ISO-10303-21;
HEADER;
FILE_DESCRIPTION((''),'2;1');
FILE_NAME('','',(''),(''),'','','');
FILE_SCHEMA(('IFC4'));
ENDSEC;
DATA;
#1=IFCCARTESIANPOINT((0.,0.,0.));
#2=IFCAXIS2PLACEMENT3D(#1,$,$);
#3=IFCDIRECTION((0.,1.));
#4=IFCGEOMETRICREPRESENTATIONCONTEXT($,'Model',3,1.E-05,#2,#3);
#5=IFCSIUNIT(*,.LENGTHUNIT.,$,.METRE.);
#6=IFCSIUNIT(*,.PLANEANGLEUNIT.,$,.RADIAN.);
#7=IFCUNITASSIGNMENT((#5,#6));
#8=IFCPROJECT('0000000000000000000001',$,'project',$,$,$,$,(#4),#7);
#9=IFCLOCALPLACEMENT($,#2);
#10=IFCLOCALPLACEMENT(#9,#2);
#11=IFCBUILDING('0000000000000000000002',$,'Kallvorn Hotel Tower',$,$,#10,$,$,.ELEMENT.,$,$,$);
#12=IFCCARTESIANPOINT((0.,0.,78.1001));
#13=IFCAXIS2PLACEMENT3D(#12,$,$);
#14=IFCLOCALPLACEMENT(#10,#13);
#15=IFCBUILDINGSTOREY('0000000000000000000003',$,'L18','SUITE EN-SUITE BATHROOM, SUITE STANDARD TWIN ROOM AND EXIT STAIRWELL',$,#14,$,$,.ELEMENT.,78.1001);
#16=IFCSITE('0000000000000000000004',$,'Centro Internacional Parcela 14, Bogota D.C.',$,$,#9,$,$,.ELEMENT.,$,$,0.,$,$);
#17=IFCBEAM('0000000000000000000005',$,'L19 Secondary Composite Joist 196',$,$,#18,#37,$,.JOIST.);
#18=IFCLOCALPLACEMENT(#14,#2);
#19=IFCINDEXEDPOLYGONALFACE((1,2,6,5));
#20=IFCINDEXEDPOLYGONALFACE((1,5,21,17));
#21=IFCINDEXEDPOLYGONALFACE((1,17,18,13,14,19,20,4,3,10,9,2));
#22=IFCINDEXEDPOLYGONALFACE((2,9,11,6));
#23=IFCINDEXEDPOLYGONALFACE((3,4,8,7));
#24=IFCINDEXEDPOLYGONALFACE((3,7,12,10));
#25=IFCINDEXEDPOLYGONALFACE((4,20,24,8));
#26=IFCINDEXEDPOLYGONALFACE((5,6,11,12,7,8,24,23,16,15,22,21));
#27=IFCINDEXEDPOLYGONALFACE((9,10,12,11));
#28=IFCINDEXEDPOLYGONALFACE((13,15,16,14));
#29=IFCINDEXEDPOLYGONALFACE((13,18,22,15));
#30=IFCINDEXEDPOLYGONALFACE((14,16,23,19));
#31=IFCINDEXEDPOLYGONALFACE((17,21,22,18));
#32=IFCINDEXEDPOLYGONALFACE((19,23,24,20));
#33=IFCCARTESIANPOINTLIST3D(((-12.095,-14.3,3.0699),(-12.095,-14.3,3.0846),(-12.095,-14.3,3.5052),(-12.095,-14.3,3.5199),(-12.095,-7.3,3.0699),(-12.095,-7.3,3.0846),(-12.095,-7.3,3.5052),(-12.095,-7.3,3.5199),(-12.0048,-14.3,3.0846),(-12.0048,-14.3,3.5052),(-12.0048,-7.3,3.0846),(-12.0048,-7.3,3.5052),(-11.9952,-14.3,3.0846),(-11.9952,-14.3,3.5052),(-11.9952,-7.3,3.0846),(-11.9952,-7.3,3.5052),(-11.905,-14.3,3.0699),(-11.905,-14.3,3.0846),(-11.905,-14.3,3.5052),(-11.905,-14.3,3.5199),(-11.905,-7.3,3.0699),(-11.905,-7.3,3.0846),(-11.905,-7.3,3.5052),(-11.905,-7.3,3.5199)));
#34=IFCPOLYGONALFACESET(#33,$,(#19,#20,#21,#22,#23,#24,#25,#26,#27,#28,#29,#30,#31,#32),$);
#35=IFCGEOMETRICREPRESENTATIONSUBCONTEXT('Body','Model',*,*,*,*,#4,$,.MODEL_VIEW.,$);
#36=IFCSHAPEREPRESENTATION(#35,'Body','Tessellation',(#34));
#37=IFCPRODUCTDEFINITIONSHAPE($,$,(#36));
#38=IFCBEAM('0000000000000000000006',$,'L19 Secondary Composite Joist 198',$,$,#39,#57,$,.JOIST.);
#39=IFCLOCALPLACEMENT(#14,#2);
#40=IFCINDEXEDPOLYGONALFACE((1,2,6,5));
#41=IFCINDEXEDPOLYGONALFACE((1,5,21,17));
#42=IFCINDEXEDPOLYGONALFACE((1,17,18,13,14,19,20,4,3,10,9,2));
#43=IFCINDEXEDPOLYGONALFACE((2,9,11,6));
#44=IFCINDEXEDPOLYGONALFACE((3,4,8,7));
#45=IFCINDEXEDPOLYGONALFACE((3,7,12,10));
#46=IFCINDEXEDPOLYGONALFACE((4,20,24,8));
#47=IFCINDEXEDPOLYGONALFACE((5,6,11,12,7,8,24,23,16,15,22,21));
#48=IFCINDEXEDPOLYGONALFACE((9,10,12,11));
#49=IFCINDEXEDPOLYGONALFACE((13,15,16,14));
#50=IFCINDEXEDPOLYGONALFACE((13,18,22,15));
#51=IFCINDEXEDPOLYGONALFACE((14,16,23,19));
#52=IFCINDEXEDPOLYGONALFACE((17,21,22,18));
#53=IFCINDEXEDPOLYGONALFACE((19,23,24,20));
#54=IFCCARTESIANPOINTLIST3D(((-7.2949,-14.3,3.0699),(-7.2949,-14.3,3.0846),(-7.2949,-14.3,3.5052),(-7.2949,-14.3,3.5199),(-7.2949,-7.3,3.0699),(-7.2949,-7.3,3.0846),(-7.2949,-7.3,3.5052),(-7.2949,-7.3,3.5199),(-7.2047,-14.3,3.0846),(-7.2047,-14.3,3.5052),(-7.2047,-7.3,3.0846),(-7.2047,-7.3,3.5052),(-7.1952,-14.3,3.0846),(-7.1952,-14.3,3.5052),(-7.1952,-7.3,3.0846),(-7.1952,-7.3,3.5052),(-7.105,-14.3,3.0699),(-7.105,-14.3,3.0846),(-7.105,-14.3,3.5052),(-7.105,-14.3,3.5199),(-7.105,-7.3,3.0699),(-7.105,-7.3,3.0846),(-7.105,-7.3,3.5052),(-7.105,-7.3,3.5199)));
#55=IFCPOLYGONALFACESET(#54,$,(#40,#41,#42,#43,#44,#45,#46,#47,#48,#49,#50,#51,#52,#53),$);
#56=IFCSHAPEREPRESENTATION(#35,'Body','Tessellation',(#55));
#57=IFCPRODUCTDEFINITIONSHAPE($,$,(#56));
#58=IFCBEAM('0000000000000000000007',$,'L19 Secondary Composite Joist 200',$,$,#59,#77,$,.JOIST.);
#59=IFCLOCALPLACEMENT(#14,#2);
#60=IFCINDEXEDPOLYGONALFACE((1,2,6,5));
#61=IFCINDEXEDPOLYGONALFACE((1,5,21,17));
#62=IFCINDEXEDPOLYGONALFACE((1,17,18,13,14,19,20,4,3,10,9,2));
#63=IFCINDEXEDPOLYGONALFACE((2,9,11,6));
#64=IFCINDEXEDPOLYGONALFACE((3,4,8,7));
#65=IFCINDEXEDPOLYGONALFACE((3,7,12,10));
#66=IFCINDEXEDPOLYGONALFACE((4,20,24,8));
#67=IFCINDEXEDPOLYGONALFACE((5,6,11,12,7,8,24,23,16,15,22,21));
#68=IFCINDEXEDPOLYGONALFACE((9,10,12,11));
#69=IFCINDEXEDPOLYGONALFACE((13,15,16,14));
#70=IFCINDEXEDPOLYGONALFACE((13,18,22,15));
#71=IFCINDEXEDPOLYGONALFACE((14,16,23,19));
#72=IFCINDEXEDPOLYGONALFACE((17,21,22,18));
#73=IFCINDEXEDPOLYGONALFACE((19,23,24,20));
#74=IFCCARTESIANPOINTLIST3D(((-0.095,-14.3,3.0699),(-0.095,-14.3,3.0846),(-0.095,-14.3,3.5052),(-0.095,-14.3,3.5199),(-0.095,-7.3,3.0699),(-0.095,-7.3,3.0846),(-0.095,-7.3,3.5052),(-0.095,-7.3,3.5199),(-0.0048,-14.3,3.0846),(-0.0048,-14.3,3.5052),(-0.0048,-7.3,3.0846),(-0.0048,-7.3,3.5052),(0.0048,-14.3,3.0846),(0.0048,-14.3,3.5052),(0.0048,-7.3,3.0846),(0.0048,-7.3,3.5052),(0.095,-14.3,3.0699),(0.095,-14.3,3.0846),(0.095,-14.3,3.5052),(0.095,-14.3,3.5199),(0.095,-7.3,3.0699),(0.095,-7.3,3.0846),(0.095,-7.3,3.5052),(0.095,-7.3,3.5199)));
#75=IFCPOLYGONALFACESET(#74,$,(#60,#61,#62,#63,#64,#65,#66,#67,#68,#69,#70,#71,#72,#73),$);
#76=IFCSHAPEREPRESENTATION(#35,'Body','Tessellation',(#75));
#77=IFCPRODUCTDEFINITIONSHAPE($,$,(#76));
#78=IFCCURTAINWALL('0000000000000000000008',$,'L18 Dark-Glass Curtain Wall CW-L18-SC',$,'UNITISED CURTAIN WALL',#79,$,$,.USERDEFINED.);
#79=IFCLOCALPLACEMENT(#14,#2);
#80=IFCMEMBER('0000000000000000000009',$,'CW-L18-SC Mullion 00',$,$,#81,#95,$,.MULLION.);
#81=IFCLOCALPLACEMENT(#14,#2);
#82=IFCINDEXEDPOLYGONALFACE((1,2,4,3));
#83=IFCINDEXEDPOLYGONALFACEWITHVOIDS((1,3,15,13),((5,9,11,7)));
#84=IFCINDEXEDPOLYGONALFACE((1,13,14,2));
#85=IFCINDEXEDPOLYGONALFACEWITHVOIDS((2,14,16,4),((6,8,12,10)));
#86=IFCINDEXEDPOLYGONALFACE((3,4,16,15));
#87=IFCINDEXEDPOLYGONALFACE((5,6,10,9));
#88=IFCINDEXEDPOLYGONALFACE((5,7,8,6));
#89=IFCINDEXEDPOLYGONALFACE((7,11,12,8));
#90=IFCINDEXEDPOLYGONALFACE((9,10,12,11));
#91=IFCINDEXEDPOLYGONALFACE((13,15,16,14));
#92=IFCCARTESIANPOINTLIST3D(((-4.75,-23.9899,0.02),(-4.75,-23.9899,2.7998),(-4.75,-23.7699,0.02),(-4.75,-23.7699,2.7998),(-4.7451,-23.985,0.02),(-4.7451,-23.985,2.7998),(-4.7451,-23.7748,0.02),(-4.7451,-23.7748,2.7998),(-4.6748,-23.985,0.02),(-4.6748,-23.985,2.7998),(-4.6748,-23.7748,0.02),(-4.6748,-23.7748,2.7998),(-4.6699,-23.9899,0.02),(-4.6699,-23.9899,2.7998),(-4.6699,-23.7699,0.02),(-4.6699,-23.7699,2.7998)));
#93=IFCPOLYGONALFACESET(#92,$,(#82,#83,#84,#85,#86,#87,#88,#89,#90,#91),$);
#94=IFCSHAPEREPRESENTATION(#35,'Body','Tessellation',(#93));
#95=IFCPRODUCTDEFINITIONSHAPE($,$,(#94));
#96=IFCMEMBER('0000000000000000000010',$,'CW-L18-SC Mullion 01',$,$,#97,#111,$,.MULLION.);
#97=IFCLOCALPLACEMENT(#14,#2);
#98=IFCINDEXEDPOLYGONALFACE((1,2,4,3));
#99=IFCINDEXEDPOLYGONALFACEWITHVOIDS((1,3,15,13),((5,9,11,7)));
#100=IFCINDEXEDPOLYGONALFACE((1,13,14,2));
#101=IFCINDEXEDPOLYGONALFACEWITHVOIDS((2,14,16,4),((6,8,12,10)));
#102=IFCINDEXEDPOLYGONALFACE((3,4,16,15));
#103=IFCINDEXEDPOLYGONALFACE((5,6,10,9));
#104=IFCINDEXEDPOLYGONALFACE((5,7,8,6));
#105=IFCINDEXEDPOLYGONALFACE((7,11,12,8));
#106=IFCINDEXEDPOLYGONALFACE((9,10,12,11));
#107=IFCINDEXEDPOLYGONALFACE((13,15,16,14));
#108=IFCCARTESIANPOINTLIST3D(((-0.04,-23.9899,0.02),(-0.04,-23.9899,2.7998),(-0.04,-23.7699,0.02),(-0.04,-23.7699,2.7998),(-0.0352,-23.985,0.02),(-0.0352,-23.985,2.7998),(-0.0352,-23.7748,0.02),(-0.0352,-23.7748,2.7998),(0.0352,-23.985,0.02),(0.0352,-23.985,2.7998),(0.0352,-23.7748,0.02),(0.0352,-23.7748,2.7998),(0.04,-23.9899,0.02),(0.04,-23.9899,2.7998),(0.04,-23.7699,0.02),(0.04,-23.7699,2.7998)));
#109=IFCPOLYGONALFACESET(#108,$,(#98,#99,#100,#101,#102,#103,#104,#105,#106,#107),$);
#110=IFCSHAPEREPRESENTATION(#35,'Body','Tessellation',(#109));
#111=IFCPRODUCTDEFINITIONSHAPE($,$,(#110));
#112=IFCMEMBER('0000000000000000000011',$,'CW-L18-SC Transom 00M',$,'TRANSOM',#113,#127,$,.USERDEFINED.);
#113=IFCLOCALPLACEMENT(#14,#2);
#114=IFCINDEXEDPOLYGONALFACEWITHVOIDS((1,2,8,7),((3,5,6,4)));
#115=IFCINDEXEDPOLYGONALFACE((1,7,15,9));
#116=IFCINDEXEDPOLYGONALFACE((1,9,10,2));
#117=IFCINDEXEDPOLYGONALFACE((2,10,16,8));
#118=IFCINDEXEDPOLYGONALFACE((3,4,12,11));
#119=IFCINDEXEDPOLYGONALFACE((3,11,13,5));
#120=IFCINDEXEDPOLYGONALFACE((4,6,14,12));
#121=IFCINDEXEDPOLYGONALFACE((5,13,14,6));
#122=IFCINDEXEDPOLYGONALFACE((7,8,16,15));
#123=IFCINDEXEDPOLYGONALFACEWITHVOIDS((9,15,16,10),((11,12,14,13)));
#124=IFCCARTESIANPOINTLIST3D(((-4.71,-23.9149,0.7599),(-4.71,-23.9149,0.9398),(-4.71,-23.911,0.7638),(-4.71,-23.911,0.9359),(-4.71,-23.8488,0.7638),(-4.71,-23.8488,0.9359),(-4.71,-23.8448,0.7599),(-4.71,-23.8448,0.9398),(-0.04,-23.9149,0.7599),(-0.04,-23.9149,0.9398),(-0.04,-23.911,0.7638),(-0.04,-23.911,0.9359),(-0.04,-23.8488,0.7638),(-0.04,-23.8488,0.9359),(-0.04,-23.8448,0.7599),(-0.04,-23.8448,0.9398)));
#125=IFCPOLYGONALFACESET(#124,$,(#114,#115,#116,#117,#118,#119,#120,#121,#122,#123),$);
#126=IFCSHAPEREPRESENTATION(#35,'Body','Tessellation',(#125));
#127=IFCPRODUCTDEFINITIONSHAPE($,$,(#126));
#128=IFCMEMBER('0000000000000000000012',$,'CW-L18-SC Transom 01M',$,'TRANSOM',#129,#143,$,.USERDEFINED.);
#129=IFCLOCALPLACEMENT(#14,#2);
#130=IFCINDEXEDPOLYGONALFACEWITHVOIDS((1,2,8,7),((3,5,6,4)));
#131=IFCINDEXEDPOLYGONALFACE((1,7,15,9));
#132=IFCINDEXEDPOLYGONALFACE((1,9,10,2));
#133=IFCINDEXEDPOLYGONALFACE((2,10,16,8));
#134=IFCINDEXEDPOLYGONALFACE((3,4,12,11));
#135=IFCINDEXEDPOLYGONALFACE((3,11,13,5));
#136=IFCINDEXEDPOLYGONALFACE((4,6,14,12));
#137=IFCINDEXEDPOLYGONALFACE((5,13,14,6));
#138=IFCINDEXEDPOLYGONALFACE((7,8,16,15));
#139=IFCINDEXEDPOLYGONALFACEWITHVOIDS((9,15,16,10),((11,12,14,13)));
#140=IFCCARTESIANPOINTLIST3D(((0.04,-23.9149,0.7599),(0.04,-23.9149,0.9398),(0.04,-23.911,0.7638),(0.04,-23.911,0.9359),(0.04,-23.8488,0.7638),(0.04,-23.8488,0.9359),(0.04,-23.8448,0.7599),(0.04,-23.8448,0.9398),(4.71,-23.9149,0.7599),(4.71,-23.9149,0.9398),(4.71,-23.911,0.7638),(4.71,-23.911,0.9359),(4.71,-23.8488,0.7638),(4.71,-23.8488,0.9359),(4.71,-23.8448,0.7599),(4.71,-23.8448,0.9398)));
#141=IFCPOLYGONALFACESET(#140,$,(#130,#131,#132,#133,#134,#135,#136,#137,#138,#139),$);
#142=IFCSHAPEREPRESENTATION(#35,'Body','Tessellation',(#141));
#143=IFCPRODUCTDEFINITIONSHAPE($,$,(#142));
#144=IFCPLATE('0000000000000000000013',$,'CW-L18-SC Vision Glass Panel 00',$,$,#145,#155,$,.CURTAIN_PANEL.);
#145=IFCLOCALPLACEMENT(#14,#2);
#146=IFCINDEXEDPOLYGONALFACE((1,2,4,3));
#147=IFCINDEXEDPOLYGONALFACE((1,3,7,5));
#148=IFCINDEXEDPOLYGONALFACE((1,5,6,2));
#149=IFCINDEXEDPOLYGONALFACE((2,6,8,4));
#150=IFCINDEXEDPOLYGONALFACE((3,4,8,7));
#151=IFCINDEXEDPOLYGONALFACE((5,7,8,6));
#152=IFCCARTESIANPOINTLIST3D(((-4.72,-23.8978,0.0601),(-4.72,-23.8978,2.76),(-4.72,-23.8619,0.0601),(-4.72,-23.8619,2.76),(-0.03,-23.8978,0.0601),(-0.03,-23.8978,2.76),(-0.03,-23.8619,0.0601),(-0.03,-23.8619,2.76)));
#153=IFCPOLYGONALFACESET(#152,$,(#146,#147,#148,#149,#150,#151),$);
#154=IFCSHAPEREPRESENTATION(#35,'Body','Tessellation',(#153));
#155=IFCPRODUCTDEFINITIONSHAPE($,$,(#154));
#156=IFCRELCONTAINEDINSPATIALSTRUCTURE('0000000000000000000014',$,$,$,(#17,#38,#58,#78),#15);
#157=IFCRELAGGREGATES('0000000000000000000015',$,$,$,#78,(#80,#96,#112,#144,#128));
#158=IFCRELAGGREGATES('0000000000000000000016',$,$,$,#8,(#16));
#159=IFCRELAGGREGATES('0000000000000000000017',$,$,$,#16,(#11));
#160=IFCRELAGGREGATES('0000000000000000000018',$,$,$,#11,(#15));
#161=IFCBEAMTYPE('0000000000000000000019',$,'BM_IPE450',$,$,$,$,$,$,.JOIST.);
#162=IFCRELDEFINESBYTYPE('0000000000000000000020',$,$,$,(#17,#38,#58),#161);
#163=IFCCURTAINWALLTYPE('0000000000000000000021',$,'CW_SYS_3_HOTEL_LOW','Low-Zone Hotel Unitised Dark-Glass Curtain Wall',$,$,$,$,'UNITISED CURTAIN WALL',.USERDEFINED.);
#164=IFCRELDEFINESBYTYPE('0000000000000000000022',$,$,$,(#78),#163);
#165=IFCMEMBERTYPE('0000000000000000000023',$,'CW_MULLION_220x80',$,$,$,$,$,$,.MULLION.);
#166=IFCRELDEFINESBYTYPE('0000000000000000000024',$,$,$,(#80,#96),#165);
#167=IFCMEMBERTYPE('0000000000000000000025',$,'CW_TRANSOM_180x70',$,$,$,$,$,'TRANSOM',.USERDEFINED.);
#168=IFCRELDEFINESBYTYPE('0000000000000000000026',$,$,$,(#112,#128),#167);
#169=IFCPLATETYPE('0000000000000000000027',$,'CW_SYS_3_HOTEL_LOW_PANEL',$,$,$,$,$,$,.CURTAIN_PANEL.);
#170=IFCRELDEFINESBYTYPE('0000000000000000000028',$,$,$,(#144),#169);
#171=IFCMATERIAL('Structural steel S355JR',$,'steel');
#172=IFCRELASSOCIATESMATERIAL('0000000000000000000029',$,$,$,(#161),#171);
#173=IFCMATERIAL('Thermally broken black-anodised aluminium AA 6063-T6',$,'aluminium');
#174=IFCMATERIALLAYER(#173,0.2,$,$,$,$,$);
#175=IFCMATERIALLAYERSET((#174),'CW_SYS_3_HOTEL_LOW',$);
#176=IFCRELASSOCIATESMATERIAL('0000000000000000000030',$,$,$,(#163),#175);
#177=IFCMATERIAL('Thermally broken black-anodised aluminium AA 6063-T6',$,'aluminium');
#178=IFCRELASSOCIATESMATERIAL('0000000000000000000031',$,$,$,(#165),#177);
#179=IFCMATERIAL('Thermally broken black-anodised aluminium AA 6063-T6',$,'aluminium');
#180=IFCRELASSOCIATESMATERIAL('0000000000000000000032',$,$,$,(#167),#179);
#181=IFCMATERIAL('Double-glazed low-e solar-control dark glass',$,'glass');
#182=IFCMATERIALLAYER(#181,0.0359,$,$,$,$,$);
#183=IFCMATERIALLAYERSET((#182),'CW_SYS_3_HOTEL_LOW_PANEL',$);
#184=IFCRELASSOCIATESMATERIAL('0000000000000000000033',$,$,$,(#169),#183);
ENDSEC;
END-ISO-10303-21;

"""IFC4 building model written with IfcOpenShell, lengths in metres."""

from ifc_helpers import new_model, si_unit, direction, frame, origin, origin_2d, place, context, subcontext, project, spatial, rectangle, hollow_rectangle, i_section, extrude, material, layer, layer_set, material_profile, profile_set, type_object, element, aggregate, save


model = new_model("IFC4")

# Units and contexts
model_context = context("Model", 3, precision=1e-05, world=origin(), true_north=direction((0.0, 1.0)))
body_context = subcontext(model_context, "Body", "Model", "MODEL_VIEW")
ifc_project = project(units=[si_unit("LENGTHUNIT", "METRE"), si_unit("PLANEANGLEUNIT", "RADIAN")], contexts=[model_context])

# Site, building, storey
site_placement = place(None, origin())
site = spatial("IfcSite", under=ifc_project, at=site_placement, Name="Centro Internacional Parcela 14, Bogota D.C.", CompositionType="ELEMENT", RefElevation=0.0)
building_placement = place(site_placement, origin())
building = spatial("IfcBuilding", under=site, at=building_placement, Name="Kallvorn Hotel Tower", CompositionType="ELEMENT")
storey_placement = place(building_placement, frame((0.0, 0.0, 78.1001)))
storey = spatial("IfcBuildingStorey", under=building, at=storey_placement, Name="L18", Description="SUITE EN-SUITE BATHROOM, SUITE STANDARD TWIN ROOM AND EXIT STAIRWELL", CompositionType="ELEMENT", Elevation=78.1001)

# Beams
ifc_material_1 = material(Name="Structural steel S355JR", Category="steel")
ifc_material_profile_1 = material_profile(ifc_material_1, i_section(OverallWidth=0.1899, OverallDepth=0.45, WebThickness=0.0095, FlangeThickness=0.0146, at=origin_2d()), Name="IPE 450")
ifc_profile_set_1 = profile_set([ifc_material_profile_1], Name="Structural steel S355JR")
beam_type_1 = type_object("IfcBeamType", Name="BM_IPE450", PredefinedType="JOIST", material=ifc_profile_set_1)
for number, where, z_axis, x_axis, name in (
    (1, (-12.0, -14.3, 3.2949), (0.0, 1.0, 0.0), (-1.0, 0.0, 0.0), "L19 Secondary Composite Joist 196"),
    (2, (-7.2, -14.3, 3.2949), (0.0, 1.0, 0.0), (-1.0, 0.0, 0.0), "L19 Secondary Composite Joist 198"),
    (3, (0.0, -14.3, 3.2949), (0.0, 1.0, 0.0), (-1.0, 0.0, 0.0), "L19 Secondary Composite Joist 200"),
):
    element("IfcBeam", number, at=place(storey_placement, frame(where, z_axis=z_axis, x_axis=x_axis)), inside=storey, type_object=beam_type_1, Name=name, PredefinedType="JOIST", context=body_context, shape_type="SweptSolid", body=[
        extrude(i_section(OverallWidth=0.1899, OverallDepth=0.45, WebThickness=0.0095, FlangeThickness=0.0146, at=origin_2d()), origin(), (0.0, 0.0, 1.0), 7.0),
    ])

# Curtain wall, members, plate
ifc_material_2 = material(Name="Thermally broken black-anodised aluminium AA 6063-T6", Category="aluminium")
ifc_layer_1 = layer(ifc_material_2, 0.2)
ifc_layer_set_1 = layer_set([ifc_layer_1], Name="CW_SYS_3_HOTEL_LOW")
curtain_wall_type = type_object("IfcCurtainWallType", Name="CW_SYS_3_HOTEL_LOW", Description="Low-Zone Hotel Unitised Dark-Glass Curtain Wall", ElementType="UNITISED CURTAIN WALL", PredefinedType="USERDEFINED", material=ifc_layer_set_1)
curtain_wall_placement = place(storey_placement, origin())
curtain_wall = element("IfcCurtainWall", 4, at=curtain_wall_placement, inside=storey, type_object=curtain_wall_type, Name="L18 Dark-Glass Curtain Wall CW-L18-SC", ObjectType="UNITISED CURTAIN WALL", PredefinedType="USERDEFINED")
ifc_material_3 = material(Name="Thermally broken black-anodised aluminium AA 6063-T6", Category="aluminium")
ifc_material_profile_2 = material_profile(ifc_material_3, hollow_rectangle(XDim=0.0801, YDim=0.22, WallThickness=0.0049, at=origin_2d()), Name="MUL 220x80")
ifc_profile_set_2 = profile_set([ifc_material_profile_2], Name="Thermally broken black-anodised aluminium AA 6063-T6")
member_type_1 = type_object("IfcMemberType", Name="CW_MULLION_220x80", PredefinedType="MULLION", material=ifc_profile_set_2)
member_1_placement = place(storey_placement, frame((-4.71, -23.8799, 0.02), z_axis=(0.0, 0.0, 1.0), x_axis=(1.0, 0.0, 0.0)))
member_1 = element("IfcMember", 5, at=member_1_placement, type_object=member_type_1, Name="CW-L18-SC Mullion 00", PredefinedType="MULLION", context=body_context, shape_type="SweptSolid", body=[
    extrude(hollow_rectangle(XDim=0.0801, YDim=0.22, WallThickness=0.0049, at=origin_2d()), origin(), (0.0, 0.0, 1.0), 2.7798),
])
member_2_placement = place(storey_placement, frame((0.0, -23.8799, 0.02), z_axis=(0.0, 0.0, 1.0), x_axis=(1.0, 0.0, 0.0)))
member_2 = element("IfcMember", 6, at=member_2_placement, type_object=member_type_1, Name="CW-L18-SC Mullion 01", PredefinedType="MULLION", context=body_context, shape_type="SweptSolid", body=[
    extrude(hollow_rectangle(XDim=0.0801, YDim=0.22, WallThickness=0.0049, at=origin_2d()), origin(), (0.0, 0.0, 1.0), 2.7798),
])
ifc_material_4 = material(Name="Thermally broken black-anodised aluminium AA 6063-T6", Category="aluminium")
ifc_material_profile_3 = material_profile(ifc_material_4, hollow_rectangle(XDim=0.0701, YDim=0.1799, WallThickness=0.0039, at=origin_2d()), Name="TRN 180x70")
ifc_profile_set_3 = profile_set([ifc_material_profile_3], Name="Thermally broken black-anodised aluminium AA 6063-T6")
member_type_2 = type_object("IfcMemberType", Name="CW_TRANSOM_180x70", ElementType="TRANSOM", PredefinedType="USERDEFINED", material=ifc_profile_set_3)
member_3_placement = place(storey_placement, frame((-4.71, -23.8799, 0.8499), z_axis=(1.0, 0.0, 0.0), x_axis=(0.0, 1.0, 0.0)))
member_3 = element("IfcMember", 7, at=member_3_placement, type_object=member_type_2, Name="CW-L18-SC Transom 00M", ObjectType="TRANSOM", PredefinedType="USERDEFINED", context=body_context, shape_type="SweptSolid", body=[
    extrude(hollow_rectangle(XDim=0.0701, YDim=0.1799, WallThickness=0.0039, at=origin_2d()), origin(), (0.0, 0.0, 1.0), 4.6699),
])
member_4_placement = place(storey_placement, frame((0.04, -23.8799, 0.8499), z_axis=(1.0, 0.0, 0.0), x_axis=(0.0, 1.0, 0.0)))
member_4 = element("IfcMember", 8, at=member_4_placement, type_object=member_type_2, Name="CW-L18-SC Transom 01M", ObjectType="TRANSOM", PredefinedType="USERDEFINED", context=body_context, shape_type="SweptSolid", body=[
    extrude(hollow_rectangle(XDim=0.0701, YDim=0.1799, WallThickness=0.0039, at=origin_2d()), origin(), (0.0, 0.0, 1.0), 4.6699),
])
ifc_material_5 = material(Name="Double-glazed low-e solar-control dark glass", Category="glass")
ifc_layer_2 = layer(ifc_material_5, 0.0359)
ifc_layer_set_2 = layer_set([ifc_layer_2], Name="CW_SYS_3_HOTEL_LOW_PANEL")
plate_type = type_object("IfcPlateType", Name="CW_SYS_3_HOTEL_LOW_PANEL", PredefinedType="CURTAIN_PANEL", material=ifc_layer_set_2)
plate_placement = place(storey_placement, frame((-2.375, -23.8799, 0.0601), z_axis=(0.0, 0.0, 1.0), x_axis=(1.0, 0.0, 0.0)))
plate = element("IfcPlate", 9, at=plate_placement, type_object=plate_type, Name="CW-L18-SC Vision Glass Panel 00", PredefinedType="CURTAIN_PANEL", context=body_context, shape_type="SweptSolid", body=[
    extrude(rectangle(XDim=4.6899, YDim=0.0359, at=origin_2d()), origin(), (0.0, 0.0, 1.0), 2.7),
])
aggregate(curtain_wall, [member_1, member_2, member_3, plate, member_4])

save(model, "model.ifc")
